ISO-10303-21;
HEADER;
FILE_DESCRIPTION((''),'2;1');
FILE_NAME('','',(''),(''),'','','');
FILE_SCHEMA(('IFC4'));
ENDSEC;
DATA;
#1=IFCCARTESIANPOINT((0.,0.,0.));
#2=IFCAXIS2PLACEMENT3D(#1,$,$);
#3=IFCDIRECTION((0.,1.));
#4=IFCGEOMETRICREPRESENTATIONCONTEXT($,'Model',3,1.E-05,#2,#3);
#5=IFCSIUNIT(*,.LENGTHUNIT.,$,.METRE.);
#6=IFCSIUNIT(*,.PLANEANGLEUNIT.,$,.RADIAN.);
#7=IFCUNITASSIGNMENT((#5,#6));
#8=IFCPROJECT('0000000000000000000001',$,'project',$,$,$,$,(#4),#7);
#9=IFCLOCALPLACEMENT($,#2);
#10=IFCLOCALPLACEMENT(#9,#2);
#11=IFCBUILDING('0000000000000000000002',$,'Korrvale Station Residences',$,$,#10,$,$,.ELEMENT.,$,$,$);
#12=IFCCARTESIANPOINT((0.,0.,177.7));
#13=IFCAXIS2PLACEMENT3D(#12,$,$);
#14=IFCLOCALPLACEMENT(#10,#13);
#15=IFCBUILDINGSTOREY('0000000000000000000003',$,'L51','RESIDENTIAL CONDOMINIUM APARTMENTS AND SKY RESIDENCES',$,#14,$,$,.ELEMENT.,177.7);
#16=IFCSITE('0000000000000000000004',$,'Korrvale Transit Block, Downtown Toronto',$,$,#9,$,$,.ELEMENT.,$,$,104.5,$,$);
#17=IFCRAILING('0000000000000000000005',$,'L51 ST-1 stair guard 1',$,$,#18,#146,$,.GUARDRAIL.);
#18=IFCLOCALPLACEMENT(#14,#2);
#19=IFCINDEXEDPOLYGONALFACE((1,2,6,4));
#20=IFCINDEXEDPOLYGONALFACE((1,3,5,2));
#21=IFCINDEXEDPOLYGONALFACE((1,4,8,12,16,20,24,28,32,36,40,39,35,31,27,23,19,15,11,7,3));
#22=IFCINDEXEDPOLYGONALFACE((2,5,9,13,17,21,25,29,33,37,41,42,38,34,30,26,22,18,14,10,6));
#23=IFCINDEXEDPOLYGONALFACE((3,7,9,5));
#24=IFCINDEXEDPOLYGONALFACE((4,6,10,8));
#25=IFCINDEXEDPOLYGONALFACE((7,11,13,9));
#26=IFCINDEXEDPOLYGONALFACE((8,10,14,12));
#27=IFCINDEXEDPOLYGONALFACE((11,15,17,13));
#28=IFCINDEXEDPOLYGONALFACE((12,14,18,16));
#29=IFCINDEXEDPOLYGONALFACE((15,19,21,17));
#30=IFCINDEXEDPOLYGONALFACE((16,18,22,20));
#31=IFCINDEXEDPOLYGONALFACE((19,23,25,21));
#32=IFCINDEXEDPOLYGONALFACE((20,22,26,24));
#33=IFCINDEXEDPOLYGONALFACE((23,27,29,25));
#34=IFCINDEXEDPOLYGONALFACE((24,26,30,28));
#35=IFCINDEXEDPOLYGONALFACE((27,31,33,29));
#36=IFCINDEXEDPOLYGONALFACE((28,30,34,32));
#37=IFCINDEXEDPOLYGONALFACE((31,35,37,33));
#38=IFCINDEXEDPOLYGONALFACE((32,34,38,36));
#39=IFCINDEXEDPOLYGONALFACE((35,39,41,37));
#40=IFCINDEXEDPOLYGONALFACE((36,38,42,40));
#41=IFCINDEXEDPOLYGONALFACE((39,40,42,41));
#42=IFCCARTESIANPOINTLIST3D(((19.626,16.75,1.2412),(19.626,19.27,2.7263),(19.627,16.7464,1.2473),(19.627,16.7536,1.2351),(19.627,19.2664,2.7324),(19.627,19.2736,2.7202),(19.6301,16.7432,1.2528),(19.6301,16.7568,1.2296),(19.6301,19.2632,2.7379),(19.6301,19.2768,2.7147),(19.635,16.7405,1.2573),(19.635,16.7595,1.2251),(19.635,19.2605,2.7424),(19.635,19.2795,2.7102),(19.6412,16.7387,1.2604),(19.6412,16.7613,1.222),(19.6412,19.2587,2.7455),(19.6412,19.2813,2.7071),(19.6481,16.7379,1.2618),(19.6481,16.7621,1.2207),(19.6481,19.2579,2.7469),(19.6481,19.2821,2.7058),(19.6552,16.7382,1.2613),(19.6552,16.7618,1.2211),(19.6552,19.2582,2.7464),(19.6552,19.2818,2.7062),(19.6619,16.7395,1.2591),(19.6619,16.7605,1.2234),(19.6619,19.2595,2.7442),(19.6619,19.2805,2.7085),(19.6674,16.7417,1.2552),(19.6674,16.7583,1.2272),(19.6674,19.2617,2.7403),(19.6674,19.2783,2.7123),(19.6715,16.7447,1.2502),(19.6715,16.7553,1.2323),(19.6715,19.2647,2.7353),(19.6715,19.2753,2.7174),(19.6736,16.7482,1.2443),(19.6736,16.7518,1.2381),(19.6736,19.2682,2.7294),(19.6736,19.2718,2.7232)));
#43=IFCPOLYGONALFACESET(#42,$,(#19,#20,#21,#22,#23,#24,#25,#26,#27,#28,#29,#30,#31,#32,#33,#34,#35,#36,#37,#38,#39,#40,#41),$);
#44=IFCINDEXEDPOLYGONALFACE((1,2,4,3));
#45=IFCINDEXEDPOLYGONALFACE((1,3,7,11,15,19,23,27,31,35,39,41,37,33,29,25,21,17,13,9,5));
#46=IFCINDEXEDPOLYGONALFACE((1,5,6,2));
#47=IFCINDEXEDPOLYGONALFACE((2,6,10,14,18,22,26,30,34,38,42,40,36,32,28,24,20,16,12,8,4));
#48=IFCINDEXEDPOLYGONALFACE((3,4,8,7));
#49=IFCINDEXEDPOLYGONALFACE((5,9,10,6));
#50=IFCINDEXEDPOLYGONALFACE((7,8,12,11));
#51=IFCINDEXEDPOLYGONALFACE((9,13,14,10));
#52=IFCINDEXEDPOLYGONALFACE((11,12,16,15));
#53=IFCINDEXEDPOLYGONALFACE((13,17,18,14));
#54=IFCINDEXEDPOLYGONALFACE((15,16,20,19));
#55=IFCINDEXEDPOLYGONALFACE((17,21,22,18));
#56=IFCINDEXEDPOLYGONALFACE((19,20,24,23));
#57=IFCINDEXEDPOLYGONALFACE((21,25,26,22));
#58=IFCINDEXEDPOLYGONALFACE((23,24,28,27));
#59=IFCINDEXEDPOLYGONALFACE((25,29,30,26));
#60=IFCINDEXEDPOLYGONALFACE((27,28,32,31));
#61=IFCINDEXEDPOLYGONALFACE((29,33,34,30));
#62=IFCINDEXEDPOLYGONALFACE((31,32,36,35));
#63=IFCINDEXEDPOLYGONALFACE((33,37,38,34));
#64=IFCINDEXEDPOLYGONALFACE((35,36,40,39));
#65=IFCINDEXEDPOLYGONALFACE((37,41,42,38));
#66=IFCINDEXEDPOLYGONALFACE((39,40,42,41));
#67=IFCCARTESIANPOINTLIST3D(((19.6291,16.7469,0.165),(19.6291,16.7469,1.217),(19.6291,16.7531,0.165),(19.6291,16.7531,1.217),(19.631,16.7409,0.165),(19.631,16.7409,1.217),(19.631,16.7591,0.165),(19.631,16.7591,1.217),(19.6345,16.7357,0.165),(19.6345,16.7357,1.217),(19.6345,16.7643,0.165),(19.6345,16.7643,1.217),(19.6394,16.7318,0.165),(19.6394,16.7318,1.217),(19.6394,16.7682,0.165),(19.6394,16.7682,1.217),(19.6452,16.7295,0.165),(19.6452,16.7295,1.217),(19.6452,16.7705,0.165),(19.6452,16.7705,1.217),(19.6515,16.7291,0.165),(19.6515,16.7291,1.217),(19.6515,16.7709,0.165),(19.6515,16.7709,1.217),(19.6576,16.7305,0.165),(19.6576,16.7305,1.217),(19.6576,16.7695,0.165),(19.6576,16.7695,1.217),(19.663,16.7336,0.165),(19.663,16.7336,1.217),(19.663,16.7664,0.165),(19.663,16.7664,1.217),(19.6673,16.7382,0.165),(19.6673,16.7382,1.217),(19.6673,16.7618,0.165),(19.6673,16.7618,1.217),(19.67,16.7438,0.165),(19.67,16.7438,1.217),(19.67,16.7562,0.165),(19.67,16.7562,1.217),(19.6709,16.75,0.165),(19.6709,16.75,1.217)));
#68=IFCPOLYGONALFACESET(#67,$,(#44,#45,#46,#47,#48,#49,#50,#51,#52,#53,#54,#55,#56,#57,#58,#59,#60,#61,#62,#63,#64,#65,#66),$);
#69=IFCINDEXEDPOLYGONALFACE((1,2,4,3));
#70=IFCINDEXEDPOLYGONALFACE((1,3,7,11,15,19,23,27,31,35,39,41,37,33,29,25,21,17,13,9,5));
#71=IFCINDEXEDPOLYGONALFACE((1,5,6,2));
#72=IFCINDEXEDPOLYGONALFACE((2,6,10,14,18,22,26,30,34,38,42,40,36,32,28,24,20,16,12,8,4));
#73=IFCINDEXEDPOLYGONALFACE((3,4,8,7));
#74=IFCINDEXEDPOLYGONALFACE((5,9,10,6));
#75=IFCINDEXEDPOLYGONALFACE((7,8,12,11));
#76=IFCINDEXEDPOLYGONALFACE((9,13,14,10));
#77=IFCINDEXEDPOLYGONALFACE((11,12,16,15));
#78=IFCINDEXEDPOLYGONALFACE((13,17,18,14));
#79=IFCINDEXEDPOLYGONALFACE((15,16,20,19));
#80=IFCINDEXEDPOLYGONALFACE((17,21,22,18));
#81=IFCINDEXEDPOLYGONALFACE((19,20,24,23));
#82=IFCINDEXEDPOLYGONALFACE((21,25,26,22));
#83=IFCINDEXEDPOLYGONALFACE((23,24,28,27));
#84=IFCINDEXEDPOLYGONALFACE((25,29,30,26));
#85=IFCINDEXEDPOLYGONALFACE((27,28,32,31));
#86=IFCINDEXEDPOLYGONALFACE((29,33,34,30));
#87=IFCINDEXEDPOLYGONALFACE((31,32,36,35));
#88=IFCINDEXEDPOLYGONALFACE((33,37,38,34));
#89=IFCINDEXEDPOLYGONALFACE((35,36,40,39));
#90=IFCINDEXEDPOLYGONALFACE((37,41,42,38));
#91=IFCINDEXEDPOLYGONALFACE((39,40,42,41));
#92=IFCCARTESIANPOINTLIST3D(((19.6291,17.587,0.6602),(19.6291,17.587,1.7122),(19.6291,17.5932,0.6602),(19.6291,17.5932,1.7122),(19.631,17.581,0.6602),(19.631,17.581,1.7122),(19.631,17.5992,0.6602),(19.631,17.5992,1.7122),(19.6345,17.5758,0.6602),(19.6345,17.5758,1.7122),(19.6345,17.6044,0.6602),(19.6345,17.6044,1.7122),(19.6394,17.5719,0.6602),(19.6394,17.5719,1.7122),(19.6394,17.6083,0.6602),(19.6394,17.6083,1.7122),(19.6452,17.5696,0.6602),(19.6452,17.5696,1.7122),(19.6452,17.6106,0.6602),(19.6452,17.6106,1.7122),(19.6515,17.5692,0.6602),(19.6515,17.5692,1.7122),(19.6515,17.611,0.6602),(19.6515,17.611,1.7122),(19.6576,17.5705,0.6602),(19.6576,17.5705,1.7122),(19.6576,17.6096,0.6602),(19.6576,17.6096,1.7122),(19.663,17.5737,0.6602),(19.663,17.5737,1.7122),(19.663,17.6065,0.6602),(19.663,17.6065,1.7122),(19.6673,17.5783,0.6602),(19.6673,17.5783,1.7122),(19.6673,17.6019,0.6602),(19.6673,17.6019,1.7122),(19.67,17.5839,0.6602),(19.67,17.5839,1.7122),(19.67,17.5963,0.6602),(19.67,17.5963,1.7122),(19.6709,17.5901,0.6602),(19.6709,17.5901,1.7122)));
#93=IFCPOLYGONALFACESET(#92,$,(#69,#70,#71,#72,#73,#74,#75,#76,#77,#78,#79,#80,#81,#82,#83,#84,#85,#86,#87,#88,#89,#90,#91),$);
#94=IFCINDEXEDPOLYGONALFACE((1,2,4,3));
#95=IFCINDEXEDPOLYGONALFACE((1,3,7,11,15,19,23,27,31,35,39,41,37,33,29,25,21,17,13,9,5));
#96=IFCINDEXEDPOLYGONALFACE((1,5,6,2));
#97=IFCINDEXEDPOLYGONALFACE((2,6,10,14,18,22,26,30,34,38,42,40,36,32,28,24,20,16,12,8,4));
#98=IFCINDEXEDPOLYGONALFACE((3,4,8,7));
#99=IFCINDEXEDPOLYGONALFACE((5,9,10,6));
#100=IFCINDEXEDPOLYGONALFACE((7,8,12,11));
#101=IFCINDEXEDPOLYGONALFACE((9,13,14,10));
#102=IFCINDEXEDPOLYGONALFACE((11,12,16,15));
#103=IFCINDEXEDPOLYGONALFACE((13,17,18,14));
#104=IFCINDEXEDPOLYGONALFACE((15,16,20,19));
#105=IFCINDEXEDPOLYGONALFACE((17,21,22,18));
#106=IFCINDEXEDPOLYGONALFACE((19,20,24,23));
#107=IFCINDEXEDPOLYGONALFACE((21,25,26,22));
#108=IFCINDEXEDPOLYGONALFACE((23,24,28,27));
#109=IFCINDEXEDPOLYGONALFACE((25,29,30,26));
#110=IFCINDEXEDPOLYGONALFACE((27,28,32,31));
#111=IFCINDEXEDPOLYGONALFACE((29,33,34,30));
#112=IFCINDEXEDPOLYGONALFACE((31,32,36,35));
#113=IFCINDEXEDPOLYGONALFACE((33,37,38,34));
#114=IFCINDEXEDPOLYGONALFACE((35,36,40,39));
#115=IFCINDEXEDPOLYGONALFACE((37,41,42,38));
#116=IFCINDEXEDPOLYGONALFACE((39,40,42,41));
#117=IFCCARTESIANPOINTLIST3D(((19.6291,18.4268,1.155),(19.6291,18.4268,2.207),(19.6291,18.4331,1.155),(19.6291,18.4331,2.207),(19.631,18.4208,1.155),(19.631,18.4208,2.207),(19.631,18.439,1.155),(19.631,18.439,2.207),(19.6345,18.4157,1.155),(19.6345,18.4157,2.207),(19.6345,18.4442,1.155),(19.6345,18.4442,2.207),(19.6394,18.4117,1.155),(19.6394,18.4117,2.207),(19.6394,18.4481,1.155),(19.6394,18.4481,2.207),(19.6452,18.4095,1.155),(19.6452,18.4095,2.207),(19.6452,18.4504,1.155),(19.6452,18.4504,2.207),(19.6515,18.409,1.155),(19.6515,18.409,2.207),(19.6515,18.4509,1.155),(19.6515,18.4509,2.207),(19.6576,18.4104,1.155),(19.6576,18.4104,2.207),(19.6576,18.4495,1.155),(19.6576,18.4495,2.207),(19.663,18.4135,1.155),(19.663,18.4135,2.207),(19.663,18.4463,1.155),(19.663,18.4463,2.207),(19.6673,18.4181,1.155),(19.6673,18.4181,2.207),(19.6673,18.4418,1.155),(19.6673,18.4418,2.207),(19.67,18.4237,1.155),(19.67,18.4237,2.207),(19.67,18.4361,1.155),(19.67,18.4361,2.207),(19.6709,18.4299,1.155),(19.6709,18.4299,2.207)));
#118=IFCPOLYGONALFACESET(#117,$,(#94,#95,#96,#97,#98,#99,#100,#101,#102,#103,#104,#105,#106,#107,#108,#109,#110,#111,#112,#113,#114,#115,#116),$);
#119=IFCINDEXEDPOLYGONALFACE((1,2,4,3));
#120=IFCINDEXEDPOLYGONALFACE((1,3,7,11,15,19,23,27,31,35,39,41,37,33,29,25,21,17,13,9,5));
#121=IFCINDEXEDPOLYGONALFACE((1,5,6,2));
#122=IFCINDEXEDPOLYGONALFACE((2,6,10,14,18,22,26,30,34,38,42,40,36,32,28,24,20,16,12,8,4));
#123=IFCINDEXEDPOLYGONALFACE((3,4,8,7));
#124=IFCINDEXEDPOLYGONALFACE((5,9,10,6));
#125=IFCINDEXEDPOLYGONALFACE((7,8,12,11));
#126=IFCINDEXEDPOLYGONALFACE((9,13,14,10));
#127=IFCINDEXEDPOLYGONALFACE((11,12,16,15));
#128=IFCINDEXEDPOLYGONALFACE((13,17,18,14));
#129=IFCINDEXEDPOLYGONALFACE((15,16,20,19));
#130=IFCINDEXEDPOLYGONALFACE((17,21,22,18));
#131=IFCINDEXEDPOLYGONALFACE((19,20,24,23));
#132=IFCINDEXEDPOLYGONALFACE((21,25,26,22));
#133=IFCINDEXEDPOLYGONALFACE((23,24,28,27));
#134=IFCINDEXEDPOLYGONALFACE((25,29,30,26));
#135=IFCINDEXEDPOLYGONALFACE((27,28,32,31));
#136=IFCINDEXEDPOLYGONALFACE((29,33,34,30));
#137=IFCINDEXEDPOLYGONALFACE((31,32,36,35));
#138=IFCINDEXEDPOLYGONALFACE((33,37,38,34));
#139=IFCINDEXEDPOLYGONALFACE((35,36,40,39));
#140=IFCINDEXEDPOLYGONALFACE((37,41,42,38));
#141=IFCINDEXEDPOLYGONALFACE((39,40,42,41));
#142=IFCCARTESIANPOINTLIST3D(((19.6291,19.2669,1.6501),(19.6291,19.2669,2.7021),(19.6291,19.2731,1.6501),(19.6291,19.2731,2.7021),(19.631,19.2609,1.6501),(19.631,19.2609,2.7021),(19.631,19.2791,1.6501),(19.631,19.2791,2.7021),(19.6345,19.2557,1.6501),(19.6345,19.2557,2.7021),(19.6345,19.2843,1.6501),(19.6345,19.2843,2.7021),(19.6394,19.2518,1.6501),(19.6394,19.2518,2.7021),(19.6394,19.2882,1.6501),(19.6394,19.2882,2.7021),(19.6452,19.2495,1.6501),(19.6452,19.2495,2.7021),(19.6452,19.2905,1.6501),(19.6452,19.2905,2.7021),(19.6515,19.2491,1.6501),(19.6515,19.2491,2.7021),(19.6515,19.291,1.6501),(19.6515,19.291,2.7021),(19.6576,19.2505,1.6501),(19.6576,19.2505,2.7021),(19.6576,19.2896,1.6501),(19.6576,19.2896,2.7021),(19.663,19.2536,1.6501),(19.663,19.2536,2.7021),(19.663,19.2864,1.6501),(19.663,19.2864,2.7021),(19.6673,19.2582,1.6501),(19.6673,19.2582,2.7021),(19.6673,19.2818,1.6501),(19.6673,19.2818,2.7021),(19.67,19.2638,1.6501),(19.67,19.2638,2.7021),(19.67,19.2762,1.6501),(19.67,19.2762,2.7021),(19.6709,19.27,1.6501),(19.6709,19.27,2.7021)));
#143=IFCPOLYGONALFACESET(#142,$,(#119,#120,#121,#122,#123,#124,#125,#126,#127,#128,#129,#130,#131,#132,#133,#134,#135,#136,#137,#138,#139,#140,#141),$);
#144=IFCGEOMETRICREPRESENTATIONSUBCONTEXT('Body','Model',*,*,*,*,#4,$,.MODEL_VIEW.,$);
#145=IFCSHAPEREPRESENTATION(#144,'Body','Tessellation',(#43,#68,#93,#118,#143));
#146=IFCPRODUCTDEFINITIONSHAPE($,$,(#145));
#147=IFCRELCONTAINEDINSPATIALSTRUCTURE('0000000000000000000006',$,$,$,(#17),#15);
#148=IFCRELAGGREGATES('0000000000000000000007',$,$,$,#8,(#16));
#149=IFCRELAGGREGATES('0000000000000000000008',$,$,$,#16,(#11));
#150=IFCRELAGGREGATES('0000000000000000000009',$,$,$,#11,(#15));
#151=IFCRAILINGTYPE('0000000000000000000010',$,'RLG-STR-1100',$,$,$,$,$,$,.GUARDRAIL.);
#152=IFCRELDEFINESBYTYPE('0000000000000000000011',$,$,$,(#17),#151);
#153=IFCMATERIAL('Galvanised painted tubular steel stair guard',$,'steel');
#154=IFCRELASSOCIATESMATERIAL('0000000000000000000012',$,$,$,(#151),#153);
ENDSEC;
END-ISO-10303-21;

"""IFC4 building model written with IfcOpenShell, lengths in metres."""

from ifc_helpers import new_model, si_unit, direction, frame, origin, origin_2d, place, context, subcontext, project, spatial, circle, extrude, material, type_object, element, save


model = new_model("IFC4")

# Units and contexts
model_context = context("Model", 3, precision=1e-05, world=origin(), true_north=direction((0.0, 1.0)))
body_context = subcontext(model_context, "Body", "Model", "MODEL_VIEW")
ifc_project = project(units=[si_unit("LENGTHUNIT", "METRE"), si_unit("PLANEANGLEUNIT", "RADIAN")], contexts=[model_context])

# Site, building, storey
site_placement = place(None, origin())
site = spatial("IfcSite", under=ifc_project, at=site_placement, Name="Korrvale Transit Block, Downtown Toronto", CompositionType="ELEMENT", RefElevation=104.5)
building_placement = place(site_placement, origin())
building = spatial("IfcBuilding", under=site, at=building_placement, Name="Korrvale Station Residences", CompositionType="ELEMENT")
storey_placement = place(building_placement, frame((0.0, 0.0, 177.7)))
storey = spatial("IfcBuildingStorey", under=building, at=storey_placement, Name="L51", Description="RESIDENTIAL CONDOMINIUM APARTMENTS AND SKY RESIDENCES", CompositionType="ELEMENT", Elevation=177.7)

# Railing
ifc_material_1 = material(Name="Galvanised painted tubular steel stair guard", Category="steel")
railing_type_1 = type_object("IfcRailingType", Name="RLG-STR-1100", PredefinedType="GUARDRAIL", material=ifc_material_1)
railing_1_placement = place(storey_placement, frame((19.6499, 16.75, 0.165)))
element("IfcRailing", 1, at=railing_1_placement, inside=storey, type_object=railing_type_1, Name="L51 ST-1 stair guard 1", PredefinedType="GUARDRAIL", context=body_context, shape_type="SweptSolid", body=[
    extrude(circle(Radius=0.0239, at=origin_2d()), frame((0.0, 0.0, 1.0762), z_axis=(0.0, 0.861524, 0.507717), x_axis=(-1.0, 0.0, 0.0)), (0.0, 0.0, 1.0), 2.925),
    extrude(circle(Radius=0.021, at=origin_2d()), origin(), (0.0, 0.0, 1.0), 1.052),
    extrude(circle(Radius=0.021, at=origin_2d()), frame((0.0, 0.8401, 0.4951)), (0.0, 0.0, 1.0), 1.052),
    extrude(circle(Radius=0.021, at=origin_2d()), frame((0.0, 1.6799, 0.99)), (0.0, 0.0, 1.0), 1.052),
    extrude(circle(Radius=0.021, at=origin_2d()), frame((0.0, 2.52, 1.4851)), (0.0, 0.0, 1.0), 1.052),
])

save(model, "model.ifc")
